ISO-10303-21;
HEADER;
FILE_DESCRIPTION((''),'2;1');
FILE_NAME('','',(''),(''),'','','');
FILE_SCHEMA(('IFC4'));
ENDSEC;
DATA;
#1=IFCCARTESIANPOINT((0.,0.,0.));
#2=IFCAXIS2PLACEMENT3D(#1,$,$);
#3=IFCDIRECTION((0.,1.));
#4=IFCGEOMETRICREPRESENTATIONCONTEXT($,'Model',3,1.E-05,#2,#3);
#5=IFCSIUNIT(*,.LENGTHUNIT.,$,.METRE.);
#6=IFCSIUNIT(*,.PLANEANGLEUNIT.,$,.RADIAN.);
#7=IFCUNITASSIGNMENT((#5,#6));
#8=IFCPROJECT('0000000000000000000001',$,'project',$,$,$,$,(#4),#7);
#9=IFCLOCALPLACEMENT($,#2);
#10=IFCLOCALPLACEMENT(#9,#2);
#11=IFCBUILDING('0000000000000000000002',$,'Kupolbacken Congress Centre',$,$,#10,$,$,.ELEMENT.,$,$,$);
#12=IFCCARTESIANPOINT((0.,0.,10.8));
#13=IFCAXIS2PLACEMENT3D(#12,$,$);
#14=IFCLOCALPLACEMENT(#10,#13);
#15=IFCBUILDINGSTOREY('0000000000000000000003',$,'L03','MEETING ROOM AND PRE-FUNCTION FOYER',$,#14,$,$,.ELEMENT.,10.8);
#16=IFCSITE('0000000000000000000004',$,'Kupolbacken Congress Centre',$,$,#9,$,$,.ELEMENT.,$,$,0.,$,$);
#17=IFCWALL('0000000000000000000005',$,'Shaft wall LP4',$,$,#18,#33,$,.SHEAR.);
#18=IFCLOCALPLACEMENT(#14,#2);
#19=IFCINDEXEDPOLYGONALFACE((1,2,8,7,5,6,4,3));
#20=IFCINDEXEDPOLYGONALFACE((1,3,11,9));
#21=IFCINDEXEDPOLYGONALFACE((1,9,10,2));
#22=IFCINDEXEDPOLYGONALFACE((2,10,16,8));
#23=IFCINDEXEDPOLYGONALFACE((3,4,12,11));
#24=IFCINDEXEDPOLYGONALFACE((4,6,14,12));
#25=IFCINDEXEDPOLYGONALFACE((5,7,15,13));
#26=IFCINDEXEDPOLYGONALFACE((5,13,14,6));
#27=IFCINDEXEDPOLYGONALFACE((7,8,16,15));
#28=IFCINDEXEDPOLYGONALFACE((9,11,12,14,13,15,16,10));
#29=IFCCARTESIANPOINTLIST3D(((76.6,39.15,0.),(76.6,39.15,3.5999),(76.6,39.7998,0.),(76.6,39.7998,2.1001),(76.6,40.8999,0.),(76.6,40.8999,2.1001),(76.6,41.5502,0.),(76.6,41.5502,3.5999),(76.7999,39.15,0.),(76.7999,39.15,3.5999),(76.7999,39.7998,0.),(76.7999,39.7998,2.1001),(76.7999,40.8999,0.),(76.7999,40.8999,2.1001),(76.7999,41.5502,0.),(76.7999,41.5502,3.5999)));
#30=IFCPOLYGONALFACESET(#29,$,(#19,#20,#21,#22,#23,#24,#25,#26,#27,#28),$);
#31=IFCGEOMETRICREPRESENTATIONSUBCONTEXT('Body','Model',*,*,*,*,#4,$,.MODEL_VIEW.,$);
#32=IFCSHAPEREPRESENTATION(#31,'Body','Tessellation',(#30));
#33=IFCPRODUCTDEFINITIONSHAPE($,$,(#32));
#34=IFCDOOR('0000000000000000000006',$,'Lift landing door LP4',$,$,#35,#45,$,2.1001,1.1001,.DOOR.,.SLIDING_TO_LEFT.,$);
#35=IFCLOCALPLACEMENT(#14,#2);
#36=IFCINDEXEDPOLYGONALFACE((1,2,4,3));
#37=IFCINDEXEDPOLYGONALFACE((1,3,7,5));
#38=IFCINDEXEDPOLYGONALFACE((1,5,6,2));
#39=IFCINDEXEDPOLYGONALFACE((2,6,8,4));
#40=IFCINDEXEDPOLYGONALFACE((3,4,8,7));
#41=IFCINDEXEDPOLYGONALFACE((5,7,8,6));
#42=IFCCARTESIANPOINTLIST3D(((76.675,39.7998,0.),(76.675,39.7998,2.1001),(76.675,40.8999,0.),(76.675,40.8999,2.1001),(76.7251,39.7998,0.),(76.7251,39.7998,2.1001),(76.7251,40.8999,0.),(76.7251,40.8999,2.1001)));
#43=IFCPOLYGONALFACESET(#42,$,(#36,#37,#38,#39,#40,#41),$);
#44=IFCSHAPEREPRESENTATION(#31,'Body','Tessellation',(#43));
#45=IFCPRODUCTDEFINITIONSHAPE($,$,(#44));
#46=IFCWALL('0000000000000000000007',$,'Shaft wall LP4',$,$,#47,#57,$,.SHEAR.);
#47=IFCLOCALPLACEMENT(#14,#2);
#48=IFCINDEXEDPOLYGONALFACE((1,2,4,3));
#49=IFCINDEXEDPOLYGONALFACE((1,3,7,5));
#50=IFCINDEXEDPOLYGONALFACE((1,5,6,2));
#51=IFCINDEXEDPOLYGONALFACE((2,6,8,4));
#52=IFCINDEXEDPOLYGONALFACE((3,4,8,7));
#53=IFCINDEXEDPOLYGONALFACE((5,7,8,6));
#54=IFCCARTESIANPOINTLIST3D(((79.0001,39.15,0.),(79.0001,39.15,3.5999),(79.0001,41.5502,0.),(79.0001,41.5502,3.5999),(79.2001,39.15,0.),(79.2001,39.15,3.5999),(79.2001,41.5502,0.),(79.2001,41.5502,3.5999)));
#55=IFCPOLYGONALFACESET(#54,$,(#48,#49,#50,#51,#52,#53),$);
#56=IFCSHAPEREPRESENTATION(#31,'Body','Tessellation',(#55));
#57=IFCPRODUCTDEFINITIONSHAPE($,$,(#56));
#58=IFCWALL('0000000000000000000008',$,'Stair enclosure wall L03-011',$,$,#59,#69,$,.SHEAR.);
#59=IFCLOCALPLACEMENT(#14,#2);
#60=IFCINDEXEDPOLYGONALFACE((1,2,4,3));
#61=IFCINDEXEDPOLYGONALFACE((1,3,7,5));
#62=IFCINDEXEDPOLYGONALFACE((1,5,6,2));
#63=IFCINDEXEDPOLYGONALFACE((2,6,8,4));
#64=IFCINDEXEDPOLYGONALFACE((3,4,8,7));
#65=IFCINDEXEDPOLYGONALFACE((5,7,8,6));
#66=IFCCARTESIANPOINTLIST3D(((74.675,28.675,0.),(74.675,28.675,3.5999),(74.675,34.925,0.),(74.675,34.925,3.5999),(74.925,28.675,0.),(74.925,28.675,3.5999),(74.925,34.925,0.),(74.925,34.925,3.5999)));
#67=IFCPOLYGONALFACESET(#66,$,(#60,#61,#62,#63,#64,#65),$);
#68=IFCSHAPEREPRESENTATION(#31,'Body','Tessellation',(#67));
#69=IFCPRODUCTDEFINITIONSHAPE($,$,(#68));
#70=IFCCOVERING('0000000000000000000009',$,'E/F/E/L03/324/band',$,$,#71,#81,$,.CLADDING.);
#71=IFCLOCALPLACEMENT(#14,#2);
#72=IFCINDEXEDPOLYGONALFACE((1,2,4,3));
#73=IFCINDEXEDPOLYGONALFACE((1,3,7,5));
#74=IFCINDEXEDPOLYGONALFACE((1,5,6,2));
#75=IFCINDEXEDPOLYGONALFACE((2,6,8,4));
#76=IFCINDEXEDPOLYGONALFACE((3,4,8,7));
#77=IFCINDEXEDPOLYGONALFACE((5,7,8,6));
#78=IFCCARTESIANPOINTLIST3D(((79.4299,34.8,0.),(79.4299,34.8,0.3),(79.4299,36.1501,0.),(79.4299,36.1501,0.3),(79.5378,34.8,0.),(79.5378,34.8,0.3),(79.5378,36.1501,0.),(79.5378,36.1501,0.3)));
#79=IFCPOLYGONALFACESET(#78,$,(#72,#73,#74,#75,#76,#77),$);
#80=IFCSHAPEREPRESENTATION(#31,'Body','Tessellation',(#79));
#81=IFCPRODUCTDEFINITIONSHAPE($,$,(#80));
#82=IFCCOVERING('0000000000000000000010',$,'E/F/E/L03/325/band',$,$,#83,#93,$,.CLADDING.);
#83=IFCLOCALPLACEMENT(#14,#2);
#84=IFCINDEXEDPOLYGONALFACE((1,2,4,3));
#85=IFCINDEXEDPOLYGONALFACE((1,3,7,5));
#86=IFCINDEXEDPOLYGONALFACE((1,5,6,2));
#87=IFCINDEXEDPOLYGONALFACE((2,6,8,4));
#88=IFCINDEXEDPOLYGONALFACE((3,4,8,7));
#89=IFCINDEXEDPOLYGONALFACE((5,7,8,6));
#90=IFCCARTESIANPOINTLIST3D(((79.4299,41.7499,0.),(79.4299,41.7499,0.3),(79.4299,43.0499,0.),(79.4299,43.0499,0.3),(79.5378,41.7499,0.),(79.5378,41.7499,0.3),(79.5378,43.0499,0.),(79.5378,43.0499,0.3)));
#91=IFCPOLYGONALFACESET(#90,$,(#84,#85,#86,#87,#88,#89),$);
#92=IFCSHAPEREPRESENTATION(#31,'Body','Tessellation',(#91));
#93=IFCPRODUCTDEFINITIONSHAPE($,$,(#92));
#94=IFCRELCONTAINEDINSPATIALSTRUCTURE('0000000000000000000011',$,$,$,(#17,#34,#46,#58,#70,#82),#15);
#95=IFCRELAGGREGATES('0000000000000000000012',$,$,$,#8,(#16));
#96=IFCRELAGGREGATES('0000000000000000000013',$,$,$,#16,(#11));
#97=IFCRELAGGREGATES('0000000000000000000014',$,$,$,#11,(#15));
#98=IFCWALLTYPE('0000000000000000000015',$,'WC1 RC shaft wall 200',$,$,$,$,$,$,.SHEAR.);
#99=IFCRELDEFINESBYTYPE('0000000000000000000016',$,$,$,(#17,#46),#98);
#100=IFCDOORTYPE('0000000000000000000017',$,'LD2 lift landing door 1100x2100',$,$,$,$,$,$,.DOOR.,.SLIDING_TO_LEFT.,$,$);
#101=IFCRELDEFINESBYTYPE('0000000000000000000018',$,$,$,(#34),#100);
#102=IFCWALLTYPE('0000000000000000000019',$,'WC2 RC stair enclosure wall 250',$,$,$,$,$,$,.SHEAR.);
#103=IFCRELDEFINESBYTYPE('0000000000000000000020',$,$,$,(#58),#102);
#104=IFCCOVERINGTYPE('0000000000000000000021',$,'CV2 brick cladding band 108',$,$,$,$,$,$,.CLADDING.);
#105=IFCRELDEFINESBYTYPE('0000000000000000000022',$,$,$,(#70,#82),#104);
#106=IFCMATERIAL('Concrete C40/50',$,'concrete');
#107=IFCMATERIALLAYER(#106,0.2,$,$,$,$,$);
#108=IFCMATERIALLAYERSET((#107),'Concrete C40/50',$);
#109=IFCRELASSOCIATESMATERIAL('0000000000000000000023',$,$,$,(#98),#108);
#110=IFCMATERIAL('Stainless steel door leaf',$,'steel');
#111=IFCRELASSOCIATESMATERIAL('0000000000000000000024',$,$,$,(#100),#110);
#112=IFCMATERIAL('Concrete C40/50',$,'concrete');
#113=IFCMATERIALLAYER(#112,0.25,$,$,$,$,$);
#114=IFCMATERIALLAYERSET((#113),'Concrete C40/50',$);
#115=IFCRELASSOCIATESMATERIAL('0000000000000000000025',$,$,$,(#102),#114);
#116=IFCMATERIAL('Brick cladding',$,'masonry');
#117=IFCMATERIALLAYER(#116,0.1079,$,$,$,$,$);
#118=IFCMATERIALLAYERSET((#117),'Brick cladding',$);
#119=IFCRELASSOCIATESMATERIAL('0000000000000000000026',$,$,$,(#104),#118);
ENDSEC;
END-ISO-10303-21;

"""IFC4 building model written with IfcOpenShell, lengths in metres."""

from ifc_helpers import new_model, si_unit, direction, frame, frame_2d, origin, origin_2d, place, context, subcontext, project, spatial, rectangle, extrude, material, layer, layer_set, type_object, element, fill, save


model = new_model("IFC4")

# Units and contexts
model_context = context("Model", 3, precision=1e-05, world=origin(), true_north=direction((0.0, 1.0)))
body_context = subcontext(model_context, "Body", "Model", "MODEL_VIEW")
ifc_project = project(units=[si_unit("LENGTHUNIT", "METRE"), si_unit("PLANEANGLEUNIT", "RADIAN")], contexts=[model_context])

# Site, building, storey
site_placement = place(None, origin())
site = spatial("IfcSite", under=ifc_project, at=site_placement, Name="Kupolbacken Congress Centre", CompositionType="ELEMENT", RefElevation=0.0)
building_placement = place(site_placement, origin())
building = spatial("IfcBuilding", under=site, at=building_placement, Name="Kupolbacken Congress Centre", CompositionType="ELEMENT")
storey_placement = place(building_placement, frame((0.0, 0.0, 10.8)))
storey = spatial("IfcBuildingStorey", under=building, at=storey_placement, Name="L03", Description="MEETING ROOM AND PRE-FUNCTION FOYER", CompositionType="ELEMENT", Elevation=10.8)

# Shared definitions
ifc_material_1 = material(Name="Concrete C40/50", Category="concrete")
ifc_layer_1 = layer(ifc_material_1, 0.2)
ifc_layer_set_1 = layer_set([ifc_layer_1], Name="Concrete C40/50")
wall_type_1 = type_object("IfcWallType", Name="WC1 RC shaft wall 200", PredefinedType="SHEAR", material=ifc_layer_set_1)

# Shared definitions
ifc_material_2 = material(Name="Stainless steel door leaf", Category="steel")
door_type_1 = type_object("IfcDoorType", Name="LD2 lift landing door 1100x2100", OperationType="SLIDING_TO_LEFT", PredefinedType="DOOR", material=ifc_material_2)

# Wall, opening, door
wall_1_placement = place(storey_placement, frame((76.7, 39.1499, 0.0), z_axis=(0.0, 0.0, 1.0), x_axis=(0.0, 1.0, 0.0)))
wall_1 = element("IfcWall", 1, at=wall_1_placement, inside=storey, type_object=wall_type_1, Name="Shaft wall LP4", PredefinedType="SHEAR", context=body_context, shape_type="SweptSolid", body=[
    extrude(rectangle(XDim=2.4001, YDim=0.2, at=frame_2d((1.2002, 0.0))), origin(), (0.0, 0.0, 1.0), 3.5999),
])
opening_1_placement = place(wall_1_placement, frame((0.6499, 0.0, 0.0)))
opening_1 = element("IfcOpeningElement", 2, at=opening_1_placement, cuts=wall_1, PredefinedType="OPENING", context=body_context, shape_type="SweptSolid", body=[
    extrude(rectangle(XDim=1.1001, YDim=2.1001, at=frame_2d((0.55, 1.05))), frame((0.0, 0.1099, 0.0), z_axis=(0.0, -1.0, 0.0), x_axis=(1.0, 0.0, 0.0)), (0.0, 0.0, 1.0), 0.22),
])
door_1_placement = place(opening_1_placement, origin())
door_1 = element("IfcDoor", 3, at=door_1_placement, inside=storey, type_object=door_type_1, Name="Lift landing door LP4", OperationType="SLIDING_TO_LEFT", OverallHeight=2.1001, OverallWidth=1.1001, PredefinedType="DOOR", context=body_context, shape_type="SweptSolid", body=[
    extrude(rectangle(XDim=1.1001, YDim=2.1001, at=frame_2d((0.55, 1.05))), frame((0.0, 0.0249, 0.0), z_axis=(0.0, -1.0, 0.0), x_axis=(1.0, 0.0, 0.0)), (0.0, 0.0, 1.0), 0.05),
])
fill(opening_1, door_1)

# Walls
wall_2_placement = place(storey_placement, frame((79.1001, 39.1499, 0.0), z_axis=(0.0, 0.0, 1.0), x_axis=(0.0, 1.0, 0.0)))
element("IfcWall", 4, at=wall_2_placement, inside=storey, type_object=wall_type_1, Name="Shaft wall LP4", PredefinedType="SHEAR", context=body_context, shape_type="SweptSolid", body=[
    extrude(rectangle(XDim=2.4001, YDim=0.2, at=frame_2d((1.2002, 0.0))), origin(), (0.0, 0.0, 1.0), 3.5999),
])
ifc_material_3 = material(Name="Concrete C40/50", Category="concrete")
ifc_layer_2 = layer(ifc_material_3, 0.25)
ifc_layer_set_2 = layer_set([ifc_layer_2], Name="Concrete C40/50")
wall_type_2 = type_object("IfcWallType", Name="WC2 RC stair enclosure wall 250", PredefinedType="SHEAR", material=ifc_layer_set_2)
wall_3_placement = place(storey_placement, frame((74.8, 34.925, 0.0), z_axis=(0.0, 0.0, 1.0), x_axis=(0.0, -1.0, 0.0)))
element("IfcWall", 5, at=wall_3_placement, inside=storey, type_object=wall_type_2, Name="Stair enclosure wall L03-011", PredefinedType="SHEAR", context=body_context, shape_type="SweptSolid", body=[
    extrude(rectangle(XDim=6.25, YDim=0.25, at=frame_2d((3.125, 0.0))), origin(), (0.0, 0.0, 1.0), 3.5999),
])

# Coverings
ifc_material_4 = material(Name="Brick cladding", Category="masonry")
ifc_layer_3 = layer(ifc_material_4, 0.1079)
ifc_layer_set_3 = layer_set([ifc_layer_3], Name="Brick cladding")
covering_type = type_object("IfcCoveringType", Name="CV2 brick cladding band 108", PredefinedType="CLADDING", material=ifc_layer_set_3)
covering_1_placement = place(storey_placement, frame((79.4839, 35.4751, 0.0), z_axis=(0.0, 0.0, 1.0), x_axis=(0.0, 1.0, 0.0)))
element("IfcCovering", 6, at=covering_1_placement, inside=storey, type_object=covering_type, Name="E/F/E/L03/324/band", PredefinedType="CLADDING", context=body_context, shape_type="SweptSolid", body=[
    extrude(rectangle(XDim=1.3501, YDim=0.1079, at=origin_2d()), origin(), (0.0, 0.0, 1.0), 0.3),
])
covering_2_placement = place(storey_placement, frame((79.4839, 42.3999, 0.0), z_axis=(0.0, 0.0, 1.0), x_axis=(0.0, 1.0, 0.0)))
element("IfcCovering", 7, at=covering_2_placement, inside=storey, type_object=covering_type, Name="E/F/E/L03/325/band", PredefinedType="CLADDING", context=body_context, shape_type="SweptSolid", body=[
    extrude(rectangle(XDim=1.3, YDim=0.1079, at=origin_2d()), origin(), (0.0, 0.0, 1.0), 0.3),
])

save(model, "model.ifc")
